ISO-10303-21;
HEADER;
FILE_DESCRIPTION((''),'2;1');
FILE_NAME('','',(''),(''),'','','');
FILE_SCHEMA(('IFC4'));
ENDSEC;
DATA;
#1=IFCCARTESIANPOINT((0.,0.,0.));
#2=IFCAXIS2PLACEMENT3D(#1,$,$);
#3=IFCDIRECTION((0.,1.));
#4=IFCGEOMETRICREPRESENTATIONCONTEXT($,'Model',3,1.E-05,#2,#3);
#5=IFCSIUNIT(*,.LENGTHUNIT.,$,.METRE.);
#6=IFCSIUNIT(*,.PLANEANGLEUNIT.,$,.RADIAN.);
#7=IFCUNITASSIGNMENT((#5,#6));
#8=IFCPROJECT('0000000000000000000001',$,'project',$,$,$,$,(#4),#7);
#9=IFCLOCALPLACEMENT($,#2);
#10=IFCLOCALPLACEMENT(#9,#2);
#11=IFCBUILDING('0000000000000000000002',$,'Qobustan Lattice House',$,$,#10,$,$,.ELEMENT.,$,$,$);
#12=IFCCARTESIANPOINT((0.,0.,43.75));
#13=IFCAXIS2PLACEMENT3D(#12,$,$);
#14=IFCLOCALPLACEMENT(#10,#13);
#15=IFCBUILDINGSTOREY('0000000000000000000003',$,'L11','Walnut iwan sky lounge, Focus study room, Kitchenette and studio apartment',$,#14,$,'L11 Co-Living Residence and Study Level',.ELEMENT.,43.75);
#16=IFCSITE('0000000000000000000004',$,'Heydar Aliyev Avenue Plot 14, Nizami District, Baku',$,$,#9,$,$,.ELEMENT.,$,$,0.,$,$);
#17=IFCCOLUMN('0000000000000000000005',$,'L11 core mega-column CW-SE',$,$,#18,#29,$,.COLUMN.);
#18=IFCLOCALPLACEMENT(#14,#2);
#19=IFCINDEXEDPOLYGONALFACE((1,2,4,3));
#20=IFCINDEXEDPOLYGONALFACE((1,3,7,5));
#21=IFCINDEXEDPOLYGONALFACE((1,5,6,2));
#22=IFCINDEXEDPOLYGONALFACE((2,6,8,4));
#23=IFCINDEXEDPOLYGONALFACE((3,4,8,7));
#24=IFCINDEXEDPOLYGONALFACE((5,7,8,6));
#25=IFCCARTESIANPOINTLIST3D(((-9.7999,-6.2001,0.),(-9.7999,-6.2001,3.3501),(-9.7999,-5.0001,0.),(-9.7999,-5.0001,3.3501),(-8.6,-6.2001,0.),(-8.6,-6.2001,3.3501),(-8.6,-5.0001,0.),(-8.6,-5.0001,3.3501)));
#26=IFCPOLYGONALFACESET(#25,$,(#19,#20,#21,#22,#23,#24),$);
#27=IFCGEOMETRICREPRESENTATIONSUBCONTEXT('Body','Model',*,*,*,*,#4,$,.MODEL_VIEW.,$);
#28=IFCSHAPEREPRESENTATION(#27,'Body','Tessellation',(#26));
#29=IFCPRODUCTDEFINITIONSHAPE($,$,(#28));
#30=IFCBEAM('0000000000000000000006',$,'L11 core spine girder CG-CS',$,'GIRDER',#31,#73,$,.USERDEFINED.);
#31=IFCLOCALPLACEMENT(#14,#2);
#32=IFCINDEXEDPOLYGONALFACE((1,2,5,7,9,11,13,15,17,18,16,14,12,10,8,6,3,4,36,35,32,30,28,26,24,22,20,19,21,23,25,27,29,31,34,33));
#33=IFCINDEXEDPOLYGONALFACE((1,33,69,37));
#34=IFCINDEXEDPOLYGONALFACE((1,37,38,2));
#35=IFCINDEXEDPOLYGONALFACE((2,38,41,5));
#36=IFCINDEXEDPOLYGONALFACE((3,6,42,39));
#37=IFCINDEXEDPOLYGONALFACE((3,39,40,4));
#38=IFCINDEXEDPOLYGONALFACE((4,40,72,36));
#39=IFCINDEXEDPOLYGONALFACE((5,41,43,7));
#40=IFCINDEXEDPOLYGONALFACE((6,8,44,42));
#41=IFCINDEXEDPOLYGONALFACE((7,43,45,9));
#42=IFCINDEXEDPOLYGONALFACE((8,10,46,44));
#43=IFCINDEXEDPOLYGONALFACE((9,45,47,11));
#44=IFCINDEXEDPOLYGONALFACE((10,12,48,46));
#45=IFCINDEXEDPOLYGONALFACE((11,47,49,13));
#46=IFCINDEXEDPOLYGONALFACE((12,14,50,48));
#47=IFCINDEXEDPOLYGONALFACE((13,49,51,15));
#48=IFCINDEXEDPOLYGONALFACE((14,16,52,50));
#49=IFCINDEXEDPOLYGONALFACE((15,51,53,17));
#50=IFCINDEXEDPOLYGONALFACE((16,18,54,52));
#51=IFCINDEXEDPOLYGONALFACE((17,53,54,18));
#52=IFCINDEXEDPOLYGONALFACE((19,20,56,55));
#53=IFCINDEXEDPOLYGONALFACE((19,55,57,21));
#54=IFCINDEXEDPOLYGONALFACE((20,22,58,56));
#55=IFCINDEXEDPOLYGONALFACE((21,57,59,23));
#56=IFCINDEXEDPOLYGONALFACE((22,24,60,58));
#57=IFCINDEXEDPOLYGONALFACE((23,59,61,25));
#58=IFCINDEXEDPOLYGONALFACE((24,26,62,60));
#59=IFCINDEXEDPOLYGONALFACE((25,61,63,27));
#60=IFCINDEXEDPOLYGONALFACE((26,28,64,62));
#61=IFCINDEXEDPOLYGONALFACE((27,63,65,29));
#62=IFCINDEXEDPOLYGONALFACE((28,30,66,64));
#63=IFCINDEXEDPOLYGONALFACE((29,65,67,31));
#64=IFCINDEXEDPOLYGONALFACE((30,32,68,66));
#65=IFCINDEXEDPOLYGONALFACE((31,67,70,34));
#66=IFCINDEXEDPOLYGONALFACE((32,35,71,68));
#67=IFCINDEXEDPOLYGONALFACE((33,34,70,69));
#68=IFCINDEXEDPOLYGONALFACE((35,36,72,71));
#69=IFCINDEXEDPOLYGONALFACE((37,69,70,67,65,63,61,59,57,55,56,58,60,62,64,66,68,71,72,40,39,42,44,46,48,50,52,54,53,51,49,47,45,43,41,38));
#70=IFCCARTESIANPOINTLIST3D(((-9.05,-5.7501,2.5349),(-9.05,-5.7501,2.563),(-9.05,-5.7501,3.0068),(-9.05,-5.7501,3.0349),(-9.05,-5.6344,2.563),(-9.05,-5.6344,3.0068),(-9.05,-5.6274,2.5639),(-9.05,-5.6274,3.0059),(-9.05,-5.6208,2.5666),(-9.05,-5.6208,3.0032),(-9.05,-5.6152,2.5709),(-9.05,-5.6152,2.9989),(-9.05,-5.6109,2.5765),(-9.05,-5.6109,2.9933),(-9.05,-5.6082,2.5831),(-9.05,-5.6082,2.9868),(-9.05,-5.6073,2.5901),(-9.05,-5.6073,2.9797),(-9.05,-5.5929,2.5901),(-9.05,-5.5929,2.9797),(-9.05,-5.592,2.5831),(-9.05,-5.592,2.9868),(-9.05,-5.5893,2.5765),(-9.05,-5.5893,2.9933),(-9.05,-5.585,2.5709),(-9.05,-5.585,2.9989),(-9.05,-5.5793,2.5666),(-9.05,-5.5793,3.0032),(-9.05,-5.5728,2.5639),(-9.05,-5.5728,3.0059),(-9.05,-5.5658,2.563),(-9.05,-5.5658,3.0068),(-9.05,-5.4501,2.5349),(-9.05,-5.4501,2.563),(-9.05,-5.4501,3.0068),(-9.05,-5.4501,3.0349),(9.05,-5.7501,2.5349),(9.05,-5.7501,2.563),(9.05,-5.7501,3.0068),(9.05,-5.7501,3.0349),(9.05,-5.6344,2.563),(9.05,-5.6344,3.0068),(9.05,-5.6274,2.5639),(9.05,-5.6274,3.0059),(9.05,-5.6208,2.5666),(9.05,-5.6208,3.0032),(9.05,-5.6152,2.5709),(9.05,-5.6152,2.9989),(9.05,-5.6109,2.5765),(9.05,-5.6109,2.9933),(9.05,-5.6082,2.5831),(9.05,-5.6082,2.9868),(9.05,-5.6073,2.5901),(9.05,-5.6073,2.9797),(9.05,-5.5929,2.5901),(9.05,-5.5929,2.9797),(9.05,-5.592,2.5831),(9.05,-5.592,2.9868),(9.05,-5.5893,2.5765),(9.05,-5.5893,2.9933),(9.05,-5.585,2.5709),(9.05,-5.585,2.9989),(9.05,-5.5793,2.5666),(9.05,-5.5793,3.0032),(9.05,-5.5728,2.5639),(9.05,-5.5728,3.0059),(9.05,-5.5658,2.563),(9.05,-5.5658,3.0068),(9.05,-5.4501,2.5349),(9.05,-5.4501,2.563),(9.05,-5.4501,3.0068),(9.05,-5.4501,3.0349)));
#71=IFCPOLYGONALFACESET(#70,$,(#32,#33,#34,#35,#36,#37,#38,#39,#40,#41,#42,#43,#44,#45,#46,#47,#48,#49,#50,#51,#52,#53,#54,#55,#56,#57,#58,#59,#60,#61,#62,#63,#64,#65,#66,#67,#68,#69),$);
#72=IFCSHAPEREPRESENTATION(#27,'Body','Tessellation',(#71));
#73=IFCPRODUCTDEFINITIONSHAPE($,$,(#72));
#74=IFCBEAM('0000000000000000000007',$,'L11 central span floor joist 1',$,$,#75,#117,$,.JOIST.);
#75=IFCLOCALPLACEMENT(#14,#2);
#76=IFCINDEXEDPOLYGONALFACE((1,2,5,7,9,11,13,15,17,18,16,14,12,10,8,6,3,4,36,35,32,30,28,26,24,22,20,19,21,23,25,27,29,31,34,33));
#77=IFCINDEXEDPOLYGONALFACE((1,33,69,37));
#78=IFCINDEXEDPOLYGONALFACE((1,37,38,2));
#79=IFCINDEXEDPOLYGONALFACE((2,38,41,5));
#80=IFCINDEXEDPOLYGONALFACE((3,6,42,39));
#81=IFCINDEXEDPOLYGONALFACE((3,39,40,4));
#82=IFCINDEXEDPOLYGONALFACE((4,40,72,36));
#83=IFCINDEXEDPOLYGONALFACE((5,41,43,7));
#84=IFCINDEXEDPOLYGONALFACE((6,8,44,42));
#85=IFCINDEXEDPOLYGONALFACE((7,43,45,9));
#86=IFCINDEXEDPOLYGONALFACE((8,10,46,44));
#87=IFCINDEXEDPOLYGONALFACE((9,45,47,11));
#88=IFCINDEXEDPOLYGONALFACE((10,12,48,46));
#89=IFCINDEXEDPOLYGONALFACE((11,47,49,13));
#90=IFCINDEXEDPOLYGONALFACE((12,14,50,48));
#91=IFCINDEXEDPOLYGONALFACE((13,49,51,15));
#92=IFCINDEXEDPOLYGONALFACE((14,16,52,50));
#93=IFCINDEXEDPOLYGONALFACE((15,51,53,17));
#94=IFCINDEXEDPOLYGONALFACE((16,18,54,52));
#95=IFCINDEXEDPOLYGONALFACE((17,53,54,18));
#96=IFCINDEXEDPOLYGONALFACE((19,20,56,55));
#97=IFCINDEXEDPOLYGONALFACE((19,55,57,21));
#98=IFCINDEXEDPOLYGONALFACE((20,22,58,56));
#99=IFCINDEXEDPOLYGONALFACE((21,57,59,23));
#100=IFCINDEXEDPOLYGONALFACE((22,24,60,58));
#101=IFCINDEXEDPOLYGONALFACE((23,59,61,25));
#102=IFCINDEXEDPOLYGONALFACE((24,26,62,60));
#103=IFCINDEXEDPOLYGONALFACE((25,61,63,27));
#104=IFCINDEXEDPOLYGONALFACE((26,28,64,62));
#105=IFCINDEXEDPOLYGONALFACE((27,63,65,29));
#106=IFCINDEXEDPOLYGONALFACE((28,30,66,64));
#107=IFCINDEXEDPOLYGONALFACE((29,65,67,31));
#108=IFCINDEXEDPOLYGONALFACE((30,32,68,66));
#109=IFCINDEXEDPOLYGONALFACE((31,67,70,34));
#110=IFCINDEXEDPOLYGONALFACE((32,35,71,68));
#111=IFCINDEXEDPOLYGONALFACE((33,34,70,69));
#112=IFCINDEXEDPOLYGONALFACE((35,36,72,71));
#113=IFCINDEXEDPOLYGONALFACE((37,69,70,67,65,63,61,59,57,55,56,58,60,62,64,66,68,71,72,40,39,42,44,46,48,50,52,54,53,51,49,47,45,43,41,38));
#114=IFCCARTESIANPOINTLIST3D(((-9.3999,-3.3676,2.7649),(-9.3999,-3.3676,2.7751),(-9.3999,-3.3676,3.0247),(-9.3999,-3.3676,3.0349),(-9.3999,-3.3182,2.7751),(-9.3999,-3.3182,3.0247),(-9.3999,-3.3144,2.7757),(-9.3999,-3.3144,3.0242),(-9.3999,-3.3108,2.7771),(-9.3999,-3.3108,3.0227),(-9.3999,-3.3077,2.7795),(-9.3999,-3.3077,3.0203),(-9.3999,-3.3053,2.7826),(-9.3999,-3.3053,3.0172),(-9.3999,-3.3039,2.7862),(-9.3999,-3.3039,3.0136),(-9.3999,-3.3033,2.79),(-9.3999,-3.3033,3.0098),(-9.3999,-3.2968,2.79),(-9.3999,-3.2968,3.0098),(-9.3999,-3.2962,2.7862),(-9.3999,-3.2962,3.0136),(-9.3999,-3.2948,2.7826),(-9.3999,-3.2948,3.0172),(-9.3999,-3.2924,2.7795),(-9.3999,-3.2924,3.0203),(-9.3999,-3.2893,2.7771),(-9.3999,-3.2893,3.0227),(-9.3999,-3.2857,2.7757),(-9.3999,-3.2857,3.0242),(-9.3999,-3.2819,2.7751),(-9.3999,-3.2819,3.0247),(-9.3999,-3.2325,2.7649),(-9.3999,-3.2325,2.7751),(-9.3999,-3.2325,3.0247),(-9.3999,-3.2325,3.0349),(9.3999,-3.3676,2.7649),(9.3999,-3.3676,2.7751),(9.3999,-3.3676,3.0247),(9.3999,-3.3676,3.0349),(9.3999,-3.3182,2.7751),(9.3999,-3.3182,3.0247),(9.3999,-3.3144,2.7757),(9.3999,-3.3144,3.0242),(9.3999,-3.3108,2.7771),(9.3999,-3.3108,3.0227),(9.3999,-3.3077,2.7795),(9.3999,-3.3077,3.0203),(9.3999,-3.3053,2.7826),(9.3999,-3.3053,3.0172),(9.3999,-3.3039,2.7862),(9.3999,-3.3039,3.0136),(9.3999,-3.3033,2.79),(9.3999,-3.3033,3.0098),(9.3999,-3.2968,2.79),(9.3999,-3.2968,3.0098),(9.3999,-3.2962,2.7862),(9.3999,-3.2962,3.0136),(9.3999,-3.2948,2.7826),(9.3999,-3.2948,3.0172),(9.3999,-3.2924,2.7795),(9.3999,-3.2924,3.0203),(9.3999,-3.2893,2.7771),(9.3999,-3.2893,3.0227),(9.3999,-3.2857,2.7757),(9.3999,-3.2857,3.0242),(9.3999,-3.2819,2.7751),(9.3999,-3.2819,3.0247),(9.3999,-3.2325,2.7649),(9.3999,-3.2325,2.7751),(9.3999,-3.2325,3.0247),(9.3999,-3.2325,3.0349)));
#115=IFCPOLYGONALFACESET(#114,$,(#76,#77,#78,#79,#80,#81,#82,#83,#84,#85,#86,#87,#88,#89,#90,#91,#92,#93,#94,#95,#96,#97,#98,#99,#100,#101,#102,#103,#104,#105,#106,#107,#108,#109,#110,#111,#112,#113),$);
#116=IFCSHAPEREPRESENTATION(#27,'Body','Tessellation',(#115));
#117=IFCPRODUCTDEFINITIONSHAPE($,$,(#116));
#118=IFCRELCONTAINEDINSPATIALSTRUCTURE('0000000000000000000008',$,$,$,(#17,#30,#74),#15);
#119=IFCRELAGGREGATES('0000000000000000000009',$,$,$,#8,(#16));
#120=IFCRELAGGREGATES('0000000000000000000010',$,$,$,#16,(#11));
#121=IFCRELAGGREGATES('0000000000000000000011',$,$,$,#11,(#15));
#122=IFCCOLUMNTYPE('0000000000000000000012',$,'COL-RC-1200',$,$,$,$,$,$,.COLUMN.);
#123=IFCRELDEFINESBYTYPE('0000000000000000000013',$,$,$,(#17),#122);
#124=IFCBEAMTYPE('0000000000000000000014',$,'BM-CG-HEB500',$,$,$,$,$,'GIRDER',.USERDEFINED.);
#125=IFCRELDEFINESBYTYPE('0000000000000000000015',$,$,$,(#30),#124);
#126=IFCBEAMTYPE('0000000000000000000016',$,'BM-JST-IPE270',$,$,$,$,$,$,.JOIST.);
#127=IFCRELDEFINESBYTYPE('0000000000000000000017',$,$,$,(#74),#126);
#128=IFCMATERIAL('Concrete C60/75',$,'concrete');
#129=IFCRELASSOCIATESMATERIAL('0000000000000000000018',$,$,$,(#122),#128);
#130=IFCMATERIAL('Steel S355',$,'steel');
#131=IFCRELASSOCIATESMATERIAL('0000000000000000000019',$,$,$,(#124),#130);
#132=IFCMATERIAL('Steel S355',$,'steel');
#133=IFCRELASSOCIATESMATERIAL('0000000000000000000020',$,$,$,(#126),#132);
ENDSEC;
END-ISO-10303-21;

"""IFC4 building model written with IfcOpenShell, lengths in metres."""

from ifc_helpers import new_model, si_unit, direction, frame, origin, origin_2d, place, context, subcontext, project, spatial, rectangle, i_section, extrude, material, material_profile, profile_set, type_object, element, save


model = new_model("IFC4")

# Units and contexts
model_context = context("Model", 3, precision=1e-05, world=origin(), true_north=direction((0.0, 1.0)))
body_context = subcontext(model_context, "Body", "Model", "MODEL_VIEW")
ifc_project = project(units=[si_unit("LENGTHUNIT", "METRE"), si_unit("PLANEANGLEUNIT", "RADIAN")], contexts=[model_context])

# Site, building, storey
site_placement = place(None, origin())
site = spatial("IfcSite", under=ifc_project, at=site_placement, Name="Heydar Aliyev Avenue Plot 14, Nizami District, Baku", CompositionType="ELEMENT", RefElevation=0.0)
building_placement = place(site_placement, origin())
building = spatial("IfcBuilding", under=site, at=building_placement, Name="Qobustan Lattice House", CompositionType="ELEMENT")
storey_placement = place(building_placement, frame((0.0, 0.0, 43.75)))
storey = spatial("IfcBuildingStorey", under=building, at=storey_placement, Name="L11", Description="Walnut iwan sky lounge, Focus study room, Kitchenette and studio apartment", LongName="L11 Co-Living Residence and Study Level", CompositionType="ELEMENT", Elevation=43.75)

# Column
ifc_material_1 = material(Name="Concrete C60/75", Category="concrete")
ifc_material_profile_1 = material_profile(ifc_material_1, rectangle(XDim=1.2, YDim=1.2, at=origin_2d()), Name="RC1200x1200")
ifc_profile_set_1 = profile_set([ifc_material_profile_1], Name="Concrete C60/75")
column_type = type_object("IfcColumnType", Name="COL-RC-1200", PredefinedType="COLUMN", material=ifc_profile_set_1)
column_placement = place(storey_placement, frame((-9.2, -5.6001, 0.0), z_axis=(0.0, 0.0, 1.0), x_axis=(1.0, 0.0, 0.0)))
element("IfcColumn", 1, at=column_placement, inside=storey, type_object=column_type, Name="L11 core mega-column CW-SE", PredefinedType="COLUMN", context=body_context, shape_type="SweptSolid", body=[
    extrude(rectangle(XDim=1.2, YDim=1.2, at=origin_2d()), origin(), (0.0, 0.0, 1.0), 3.3501),
])

# Beams
ifc_material_2 = material(Name="Steel S355", Category="steel")
ifc_material_profile_2 = material_profile(ifc_material_2, i_section(OverallWidth=0.3, OverallDepth=0.5, WebThickness=0.0144, FlangeThickness=0.0281, FilletRadius=0.0271, at=origin_2d()), Name="HEB500")
ifc_profile_set_2 = profile_set([ifc_material_profile_2], Name="Steel S355")
beam_type_1 = type_object("IfcBeamType", Name="BM-CG-HEB500", ElementType="GIRDER", PredefinedType="USERDEFINED", material=ifc_profile_set_2)
beam_1_placement = place(storey_placement, frame((-9.05, -5.6001, 2.7849), z_axis=(1.0, 0.0, 0.0), x_axis=(0.0, 1.0, 0.0)))
element("IfcBeam", 2, at=beam_1_placement, inside=storey, type_object=beam_type_1, Name="L11 core spine girder CG-CS", ObjectType="GIRDER", PredefinedType="USERDEFINED", context=body_context, shape_type="SweptSolid", body=[
    extrude(i_section(OverallWidth=0.3, OverallDepth=0.5, WebThickness=0.0144, FlangeThickness=0.0281, FilletRadius=0.0271, at=origin_2d()), origin(), (0.0, 0.0, 1.0), 18.1001),
])
ifc_material_3 = material(Name="Steel S355", Category="steel")
ifc_material_profile_3 = material_profile(ifc_material_3, i_section(OverallWidth=0.135, OverallDepth=0.27, WebThickness=0.0066, FlangeThickness=0.0103, FilletRadius=0.0149, at=origin_2d()), Name="IPE270")
ifc_profile_set_3 = profile_set([ifc_material_profile_3], Name="Steel S355")
beam_type_2 = type_object("IfcBeamType", Name="BM-JST-IPE270", PredefinedType="JOIST", material=ifc_profile_set_3)
beam_2_placement = place(storey_placement, frame((-9.3999, -3.3, 2.8999), z_axis=(1.0, 0.0, 0.0), x_axis=(0.0, 1.0, 0.0)))
element("IfcBeam", 3, at=beam_2_placement, inside=storey, type_object=beam_type_2, Name="L11 central span floor joist 1", PredefinedType="JOIST", context=body_context, shape_type="SweptSolid", body=[
    extrude(i_section(OverallWidth=0.135, OverallDepth=0.27, WebThickness=0.0066, FlangeThickness=0.0103, FilletRadius=0.0149, at=origin_2d()), origin(), (0.0, 0.0, 1.0), 18.7998),
])

save(model, "model.ifc")
